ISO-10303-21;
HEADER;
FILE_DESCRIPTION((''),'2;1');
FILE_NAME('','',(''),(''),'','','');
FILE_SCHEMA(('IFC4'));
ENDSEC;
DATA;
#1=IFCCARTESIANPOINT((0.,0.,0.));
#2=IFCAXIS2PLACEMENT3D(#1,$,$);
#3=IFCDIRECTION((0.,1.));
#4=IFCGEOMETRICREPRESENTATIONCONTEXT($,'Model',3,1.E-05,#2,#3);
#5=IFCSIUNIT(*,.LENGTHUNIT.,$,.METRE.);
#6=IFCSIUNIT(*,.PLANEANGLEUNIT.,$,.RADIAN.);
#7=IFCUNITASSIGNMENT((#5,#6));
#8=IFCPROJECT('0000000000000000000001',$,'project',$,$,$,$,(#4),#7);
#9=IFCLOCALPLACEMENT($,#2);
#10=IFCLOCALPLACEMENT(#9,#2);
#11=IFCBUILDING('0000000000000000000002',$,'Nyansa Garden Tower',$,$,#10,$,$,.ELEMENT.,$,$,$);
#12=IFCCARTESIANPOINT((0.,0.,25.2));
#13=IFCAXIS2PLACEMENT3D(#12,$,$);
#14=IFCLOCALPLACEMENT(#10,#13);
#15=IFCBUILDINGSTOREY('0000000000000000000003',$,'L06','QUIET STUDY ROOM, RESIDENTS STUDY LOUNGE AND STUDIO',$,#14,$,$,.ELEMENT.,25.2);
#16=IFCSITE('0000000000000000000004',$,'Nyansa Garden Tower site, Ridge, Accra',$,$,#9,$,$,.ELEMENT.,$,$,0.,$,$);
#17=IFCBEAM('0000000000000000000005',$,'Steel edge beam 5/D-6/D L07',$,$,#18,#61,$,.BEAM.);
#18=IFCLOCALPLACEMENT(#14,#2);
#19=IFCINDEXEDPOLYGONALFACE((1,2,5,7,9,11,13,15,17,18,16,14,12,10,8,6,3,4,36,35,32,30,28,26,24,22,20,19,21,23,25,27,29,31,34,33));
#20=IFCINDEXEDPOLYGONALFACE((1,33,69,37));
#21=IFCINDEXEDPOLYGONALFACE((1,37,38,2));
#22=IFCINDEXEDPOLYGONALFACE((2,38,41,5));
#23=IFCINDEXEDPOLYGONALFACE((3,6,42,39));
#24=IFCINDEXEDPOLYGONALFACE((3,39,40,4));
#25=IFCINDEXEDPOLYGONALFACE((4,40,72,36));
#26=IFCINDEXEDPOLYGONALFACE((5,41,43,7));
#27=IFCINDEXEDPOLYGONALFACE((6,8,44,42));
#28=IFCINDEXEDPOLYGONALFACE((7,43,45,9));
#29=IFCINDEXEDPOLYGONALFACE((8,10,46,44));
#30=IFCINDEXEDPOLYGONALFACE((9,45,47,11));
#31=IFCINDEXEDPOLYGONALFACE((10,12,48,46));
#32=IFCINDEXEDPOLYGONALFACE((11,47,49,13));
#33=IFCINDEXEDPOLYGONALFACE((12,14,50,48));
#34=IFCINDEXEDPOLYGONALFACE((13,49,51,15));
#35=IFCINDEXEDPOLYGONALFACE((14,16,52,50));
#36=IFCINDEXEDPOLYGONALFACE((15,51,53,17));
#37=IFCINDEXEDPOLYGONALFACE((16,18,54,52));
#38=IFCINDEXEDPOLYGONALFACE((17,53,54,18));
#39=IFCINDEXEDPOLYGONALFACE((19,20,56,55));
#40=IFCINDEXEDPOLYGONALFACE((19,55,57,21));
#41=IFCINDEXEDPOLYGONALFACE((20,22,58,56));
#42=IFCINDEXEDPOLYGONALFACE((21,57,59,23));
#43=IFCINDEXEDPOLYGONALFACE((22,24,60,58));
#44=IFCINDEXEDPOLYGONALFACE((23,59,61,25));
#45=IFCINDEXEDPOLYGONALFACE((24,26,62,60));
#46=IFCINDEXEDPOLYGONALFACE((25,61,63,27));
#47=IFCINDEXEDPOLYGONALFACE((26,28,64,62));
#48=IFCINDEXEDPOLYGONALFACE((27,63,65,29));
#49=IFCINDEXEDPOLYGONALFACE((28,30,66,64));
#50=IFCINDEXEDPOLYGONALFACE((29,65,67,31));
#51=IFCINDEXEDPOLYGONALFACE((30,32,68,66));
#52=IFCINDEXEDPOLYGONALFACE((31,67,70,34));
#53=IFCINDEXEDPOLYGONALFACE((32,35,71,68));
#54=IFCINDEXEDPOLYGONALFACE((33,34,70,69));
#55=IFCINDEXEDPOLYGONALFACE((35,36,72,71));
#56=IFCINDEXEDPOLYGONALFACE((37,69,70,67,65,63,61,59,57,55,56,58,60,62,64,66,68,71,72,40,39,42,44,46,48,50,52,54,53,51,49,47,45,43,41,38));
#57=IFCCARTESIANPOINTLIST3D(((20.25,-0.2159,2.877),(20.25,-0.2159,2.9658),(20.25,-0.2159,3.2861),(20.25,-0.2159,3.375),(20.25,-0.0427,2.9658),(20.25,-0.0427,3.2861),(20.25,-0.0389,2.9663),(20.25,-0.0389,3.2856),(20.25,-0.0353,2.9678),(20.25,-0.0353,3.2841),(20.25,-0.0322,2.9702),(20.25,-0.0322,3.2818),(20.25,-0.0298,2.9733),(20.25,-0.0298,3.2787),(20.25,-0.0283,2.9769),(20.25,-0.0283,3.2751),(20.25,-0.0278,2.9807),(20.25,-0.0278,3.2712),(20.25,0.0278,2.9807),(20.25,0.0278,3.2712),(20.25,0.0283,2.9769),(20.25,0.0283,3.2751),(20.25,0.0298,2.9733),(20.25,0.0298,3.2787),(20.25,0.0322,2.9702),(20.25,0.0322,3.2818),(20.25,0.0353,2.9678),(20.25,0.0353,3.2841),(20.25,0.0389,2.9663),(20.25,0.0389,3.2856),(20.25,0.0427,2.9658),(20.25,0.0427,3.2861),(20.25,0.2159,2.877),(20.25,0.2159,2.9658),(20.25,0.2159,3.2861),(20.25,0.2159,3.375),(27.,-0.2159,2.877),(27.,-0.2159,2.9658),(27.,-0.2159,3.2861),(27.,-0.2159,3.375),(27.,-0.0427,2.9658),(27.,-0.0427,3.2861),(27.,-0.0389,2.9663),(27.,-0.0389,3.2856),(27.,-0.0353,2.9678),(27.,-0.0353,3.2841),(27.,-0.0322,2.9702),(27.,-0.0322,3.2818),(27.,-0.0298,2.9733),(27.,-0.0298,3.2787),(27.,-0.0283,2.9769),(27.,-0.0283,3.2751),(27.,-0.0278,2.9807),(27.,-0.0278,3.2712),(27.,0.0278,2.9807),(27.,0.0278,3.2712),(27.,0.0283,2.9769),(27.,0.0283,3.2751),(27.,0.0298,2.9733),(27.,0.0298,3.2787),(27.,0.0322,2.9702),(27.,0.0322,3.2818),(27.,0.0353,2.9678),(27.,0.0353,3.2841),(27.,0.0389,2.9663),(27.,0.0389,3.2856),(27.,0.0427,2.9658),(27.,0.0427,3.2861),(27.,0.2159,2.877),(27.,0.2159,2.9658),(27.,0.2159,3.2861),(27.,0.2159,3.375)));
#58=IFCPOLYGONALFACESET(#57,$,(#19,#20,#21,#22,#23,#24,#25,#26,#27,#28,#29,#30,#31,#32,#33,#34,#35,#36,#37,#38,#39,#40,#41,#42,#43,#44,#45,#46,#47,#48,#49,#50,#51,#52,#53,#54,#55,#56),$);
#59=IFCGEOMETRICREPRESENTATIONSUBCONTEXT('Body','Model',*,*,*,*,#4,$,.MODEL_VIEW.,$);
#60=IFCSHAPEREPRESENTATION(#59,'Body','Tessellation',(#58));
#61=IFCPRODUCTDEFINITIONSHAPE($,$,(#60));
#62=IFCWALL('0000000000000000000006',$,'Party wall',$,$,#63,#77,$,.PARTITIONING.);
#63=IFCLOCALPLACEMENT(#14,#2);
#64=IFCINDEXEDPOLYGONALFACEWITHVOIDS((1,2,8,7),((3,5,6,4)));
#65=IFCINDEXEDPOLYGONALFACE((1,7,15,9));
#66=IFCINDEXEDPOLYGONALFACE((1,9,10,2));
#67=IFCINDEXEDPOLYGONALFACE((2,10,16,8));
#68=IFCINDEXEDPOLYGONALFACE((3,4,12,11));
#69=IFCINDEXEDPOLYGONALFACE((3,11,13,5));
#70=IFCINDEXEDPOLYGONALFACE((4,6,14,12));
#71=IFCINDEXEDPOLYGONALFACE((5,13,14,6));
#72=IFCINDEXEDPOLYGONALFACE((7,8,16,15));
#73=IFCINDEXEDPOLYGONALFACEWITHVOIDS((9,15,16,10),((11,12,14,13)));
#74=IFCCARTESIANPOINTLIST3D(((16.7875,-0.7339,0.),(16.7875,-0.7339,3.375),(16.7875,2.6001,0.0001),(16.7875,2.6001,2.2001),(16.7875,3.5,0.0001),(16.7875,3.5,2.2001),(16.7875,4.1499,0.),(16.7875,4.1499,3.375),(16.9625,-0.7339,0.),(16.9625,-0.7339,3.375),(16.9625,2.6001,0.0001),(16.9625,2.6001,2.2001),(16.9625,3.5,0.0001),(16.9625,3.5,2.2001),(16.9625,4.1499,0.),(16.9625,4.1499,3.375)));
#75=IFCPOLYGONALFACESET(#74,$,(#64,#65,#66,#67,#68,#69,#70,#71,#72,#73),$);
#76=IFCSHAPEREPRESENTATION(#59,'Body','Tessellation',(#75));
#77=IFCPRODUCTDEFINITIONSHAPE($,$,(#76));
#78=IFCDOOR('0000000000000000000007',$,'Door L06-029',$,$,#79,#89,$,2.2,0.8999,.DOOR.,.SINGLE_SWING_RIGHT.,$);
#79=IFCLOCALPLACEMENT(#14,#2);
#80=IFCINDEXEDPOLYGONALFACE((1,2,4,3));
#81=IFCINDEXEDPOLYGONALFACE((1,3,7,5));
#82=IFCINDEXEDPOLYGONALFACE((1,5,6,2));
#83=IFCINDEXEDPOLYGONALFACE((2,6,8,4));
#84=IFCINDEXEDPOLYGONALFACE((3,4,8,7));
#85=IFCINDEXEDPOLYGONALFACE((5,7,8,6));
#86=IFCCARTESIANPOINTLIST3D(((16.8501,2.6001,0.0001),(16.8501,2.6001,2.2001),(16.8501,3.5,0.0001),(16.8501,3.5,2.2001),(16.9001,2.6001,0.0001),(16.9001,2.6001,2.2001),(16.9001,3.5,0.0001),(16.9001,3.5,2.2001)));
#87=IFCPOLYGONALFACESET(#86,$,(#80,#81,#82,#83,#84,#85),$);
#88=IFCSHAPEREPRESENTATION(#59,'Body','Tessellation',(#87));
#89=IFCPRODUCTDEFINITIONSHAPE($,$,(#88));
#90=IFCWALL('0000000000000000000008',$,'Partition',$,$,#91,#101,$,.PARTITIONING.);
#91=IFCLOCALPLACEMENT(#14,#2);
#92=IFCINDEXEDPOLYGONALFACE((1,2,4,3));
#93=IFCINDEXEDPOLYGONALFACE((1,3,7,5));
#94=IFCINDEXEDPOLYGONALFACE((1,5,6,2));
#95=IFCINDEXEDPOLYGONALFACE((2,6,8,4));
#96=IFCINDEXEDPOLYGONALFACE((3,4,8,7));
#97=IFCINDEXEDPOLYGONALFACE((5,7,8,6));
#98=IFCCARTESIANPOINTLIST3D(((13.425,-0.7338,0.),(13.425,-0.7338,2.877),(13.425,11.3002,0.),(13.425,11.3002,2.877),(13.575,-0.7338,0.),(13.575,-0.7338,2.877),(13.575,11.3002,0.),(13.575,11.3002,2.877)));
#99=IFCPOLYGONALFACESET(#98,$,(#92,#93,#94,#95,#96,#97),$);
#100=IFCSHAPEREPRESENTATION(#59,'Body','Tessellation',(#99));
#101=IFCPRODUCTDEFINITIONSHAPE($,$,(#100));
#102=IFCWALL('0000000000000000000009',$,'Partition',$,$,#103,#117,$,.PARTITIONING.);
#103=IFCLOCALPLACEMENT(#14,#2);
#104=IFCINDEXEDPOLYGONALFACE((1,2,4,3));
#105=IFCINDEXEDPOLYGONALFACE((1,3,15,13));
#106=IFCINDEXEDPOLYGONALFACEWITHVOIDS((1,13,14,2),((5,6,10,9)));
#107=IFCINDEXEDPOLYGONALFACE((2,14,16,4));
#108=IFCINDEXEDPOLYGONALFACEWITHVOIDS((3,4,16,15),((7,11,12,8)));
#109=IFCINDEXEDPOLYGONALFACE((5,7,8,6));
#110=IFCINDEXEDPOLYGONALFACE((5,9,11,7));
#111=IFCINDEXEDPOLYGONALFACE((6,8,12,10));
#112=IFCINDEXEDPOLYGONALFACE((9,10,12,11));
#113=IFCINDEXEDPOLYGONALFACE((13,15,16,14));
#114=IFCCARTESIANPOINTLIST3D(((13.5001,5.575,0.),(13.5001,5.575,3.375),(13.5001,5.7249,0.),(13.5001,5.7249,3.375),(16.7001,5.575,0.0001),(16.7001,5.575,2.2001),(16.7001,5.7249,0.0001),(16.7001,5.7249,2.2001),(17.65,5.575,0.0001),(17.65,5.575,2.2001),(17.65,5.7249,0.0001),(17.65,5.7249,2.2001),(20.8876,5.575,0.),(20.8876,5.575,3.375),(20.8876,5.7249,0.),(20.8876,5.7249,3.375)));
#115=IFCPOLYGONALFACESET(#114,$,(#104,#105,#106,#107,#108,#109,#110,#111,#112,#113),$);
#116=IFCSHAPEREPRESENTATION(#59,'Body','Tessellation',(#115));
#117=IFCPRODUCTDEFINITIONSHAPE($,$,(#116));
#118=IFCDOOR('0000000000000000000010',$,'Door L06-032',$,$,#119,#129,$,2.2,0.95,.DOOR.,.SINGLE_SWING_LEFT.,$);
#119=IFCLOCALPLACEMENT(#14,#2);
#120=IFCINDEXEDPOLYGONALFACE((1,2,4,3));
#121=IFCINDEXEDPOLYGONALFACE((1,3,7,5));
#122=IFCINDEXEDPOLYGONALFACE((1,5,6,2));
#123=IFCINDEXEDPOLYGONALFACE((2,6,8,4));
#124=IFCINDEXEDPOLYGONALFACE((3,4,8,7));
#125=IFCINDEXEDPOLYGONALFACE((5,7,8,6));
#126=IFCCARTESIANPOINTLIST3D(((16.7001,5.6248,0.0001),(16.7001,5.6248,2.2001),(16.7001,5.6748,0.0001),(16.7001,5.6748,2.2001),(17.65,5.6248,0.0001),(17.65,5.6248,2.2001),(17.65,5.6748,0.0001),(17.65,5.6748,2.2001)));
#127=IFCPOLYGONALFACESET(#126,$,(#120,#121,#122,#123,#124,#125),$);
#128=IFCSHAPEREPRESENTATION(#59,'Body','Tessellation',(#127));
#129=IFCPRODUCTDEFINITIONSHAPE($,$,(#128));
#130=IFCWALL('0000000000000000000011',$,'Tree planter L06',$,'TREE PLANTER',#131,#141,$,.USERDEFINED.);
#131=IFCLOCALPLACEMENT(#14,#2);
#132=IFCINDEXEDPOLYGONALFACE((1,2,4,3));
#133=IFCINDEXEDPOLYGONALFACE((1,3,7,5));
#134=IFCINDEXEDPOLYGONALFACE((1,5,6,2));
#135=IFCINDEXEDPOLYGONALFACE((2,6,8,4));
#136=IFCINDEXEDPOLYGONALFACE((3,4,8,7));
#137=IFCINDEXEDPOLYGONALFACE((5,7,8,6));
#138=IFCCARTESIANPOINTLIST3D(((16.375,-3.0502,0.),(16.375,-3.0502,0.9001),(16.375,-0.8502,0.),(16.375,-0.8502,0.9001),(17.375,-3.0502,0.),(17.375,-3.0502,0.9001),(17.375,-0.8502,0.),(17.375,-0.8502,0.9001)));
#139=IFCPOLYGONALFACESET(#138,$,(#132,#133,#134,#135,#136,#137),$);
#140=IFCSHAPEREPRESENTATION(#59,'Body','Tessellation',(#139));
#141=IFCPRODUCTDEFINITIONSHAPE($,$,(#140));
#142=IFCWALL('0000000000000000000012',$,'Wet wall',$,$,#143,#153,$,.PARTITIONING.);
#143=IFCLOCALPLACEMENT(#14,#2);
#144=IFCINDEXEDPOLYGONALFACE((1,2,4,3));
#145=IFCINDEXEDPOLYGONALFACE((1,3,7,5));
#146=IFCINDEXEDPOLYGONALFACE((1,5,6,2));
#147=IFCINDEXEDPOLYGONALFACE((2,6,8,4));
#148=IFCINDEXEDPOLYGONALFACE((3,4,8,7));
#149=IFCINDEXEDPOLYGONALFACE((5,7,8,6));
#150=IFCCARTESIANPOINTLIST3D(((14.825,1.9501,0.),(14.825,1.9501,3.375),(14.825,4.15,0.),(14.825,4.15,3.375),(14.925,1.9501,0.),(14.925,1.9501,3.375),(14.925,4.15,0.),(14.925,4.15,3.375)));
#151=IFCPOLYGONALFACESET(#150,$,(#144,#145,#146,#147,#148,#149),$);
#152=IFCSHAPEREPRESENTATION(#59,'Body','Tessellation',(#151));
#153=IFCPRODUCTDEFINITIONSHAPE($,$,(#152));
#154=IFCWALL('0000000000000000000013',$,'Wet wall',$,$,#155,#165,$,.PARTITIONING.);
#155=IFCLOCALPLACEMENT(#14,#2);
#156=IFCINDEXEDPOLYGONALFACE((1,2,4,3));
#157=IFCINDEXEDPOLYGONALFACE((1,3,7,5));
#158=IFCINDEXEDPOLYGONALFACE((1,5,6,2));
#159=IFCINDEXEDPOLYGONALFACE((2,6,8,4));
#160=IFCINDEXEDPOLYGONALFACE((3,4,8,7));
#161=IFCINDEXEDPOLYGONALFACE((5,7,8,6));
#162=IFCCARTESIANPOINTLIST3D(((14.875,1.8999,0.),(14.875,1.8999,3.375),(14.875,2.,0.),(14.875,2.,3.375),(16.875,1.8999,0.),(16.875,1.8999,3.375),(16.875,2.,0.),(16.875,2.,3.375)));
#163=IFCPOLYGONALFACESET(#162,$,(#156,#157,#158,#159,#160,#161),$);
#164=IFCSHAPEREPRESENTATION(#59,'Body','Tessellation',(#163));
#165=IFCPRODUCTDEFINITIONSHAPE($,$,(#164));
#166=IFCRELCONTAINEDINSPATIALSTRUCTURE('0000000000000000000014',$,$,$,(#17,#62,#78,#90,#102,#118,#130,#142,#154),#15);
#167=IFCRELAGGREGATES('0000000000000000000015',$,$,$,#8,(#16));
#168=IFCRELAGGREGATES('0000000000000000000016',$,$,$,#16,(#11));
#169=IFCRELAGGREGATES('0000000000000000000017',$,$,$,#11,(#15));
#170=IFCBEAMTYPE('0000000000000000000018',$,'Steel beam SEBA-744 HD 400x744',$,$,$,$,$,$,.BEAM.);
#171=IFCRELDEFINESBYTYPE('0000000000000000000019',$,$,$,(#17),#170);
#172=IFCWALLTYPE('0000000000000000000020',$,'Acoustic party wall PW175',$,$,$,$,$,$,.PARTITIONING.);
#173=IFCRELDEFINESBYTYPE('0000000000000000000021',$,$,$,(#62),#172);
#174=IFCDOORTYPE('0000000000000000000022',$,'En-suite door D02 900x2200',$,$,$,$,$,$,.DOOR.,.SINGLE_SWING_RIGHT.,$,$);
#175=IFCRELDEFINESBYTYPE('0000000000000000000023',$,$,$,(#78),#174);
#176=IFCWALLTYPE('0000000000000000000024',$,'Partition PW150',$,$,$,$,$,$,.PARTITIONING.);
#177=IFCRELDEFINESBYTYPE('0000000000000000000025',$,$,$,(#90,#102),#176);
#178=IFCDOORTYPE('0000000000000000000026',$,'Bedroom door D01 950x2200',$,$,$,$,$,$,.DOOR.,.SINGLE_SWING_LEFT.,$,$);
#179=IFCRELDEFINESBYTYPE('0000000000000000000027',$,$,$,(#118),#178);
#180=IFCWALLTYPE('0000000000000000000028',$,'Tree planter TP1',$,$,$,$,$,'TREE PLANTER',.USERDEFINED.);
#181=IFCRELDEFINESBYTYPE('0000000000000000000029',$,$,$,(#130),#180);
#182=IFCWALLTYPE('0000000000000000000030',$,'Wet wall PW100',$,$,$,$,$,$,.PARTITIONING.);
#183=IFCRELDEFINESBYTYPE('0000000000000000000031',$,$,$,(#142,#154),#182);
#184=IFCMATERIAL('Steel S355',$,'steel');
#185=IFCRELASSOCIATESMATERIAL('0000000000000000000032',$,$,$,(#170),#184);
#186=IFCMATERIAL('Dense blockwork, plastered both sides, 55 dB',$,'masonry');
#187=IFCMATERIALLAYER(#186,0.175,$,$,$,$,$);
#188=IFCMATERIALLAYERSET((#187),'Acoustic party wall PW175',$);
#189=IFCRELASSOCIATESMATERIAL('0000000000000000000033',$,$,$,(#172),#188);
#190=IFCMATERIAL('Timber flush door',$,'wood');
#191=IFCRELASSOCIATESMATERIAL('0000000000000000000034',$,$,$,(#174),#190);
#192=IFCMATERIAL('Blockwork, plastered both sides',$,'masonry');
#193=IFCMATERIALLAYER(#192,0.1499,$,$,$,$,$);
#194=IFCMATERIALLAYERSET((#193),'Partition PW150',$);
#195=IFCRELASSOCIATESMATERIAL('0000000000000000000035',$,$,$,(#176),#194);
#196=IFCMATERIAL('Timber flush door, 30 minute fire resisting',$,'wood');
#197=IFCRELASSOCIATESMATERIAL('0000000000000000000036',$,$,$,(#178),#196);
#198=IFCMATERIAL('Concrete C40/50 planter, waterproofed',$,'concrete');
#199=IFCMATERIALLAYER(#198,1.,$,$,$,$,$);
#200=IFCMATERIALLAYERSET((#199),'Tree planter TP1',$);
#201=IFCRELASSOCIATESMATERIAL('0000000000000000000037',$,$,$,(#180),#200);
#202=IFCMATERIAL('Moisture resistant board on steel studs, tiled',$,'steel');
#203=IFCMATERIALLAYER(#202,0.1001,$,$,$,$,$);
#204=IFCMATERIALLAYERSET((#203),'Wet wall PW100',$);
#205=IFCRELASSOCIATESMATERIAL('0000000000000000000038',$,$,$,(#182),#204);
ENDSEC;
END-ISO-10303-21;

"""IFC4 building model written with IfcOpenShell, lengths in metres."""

from ifc_helpers import new_model, si_unit, direction, frame, frame_2d, origin, origin_2d, place, context, subcontext, project, spatial, rectangle, i_section, extrude, material, layer, layer_set, material_profile, profile_set, type_object, element, fill, save


model = new_model("IFC4")

# Units and contexts
model_context = context("Model", 3, precision=1e-05, world=origin(), true_north=direction((0.0, 1.0)))
body_context = subcontext(model_context, "Body", "Model", "MODEL_VIEW")
ifc_project = project(units=[si_unit("LENGTHUNIT", "METRE"), si_unit("PLANEANGLEUNIT", "RADIAN")], contexts=[model_context])

# Site, building, storey
site_placement = place(None, origin())
site = spatial("IfcSite", under=ifc_project, at=site_placement, Name="Nyansa Garden Tower site, Ridge, Accra", CompositionType="ELEMENT", RefElevation=0.0)
building_placement = place(site_placement, origin())
building = spatial("IfcBuilding", under=site, at=building_placement, Name="Nyansa Garden Tower", CompositionType="ELEMENT")
storey_placement = place(building_placement, frame((0.0, 0.0, 25.2)))
storey = spatial("IfcBuildingStorey", under=building, at=storey_placement, Name="L06", Description="QUIET STUDY ROOM, RESIDENTS STUDY LOUNGE AND STUDIO", CompositionType="ELEMENT", Elevation=25.2)

# Beam
ifc_material_1 = material(Name="Steel S355", Category="steel")
ifc_material_profile_1 = material_profile(ifc_material_1, i_section(OverallWidth=0.4319, OverallDepth=0.498, WebThickness=0.0557, FlangeThickness=0.0889, FilletRadius=0.0149, at=origin_2d()), Name="HD 400x744")
ifc_profile_set_1 = profile_set([ifc_material_profile_1], Name="Steel S355")
beam_type_1 = type_object("IfcBeamType", Name="Steel beam SEBA-744 HD 400x744", PredefinedType="BEAM", material=ifc_profile_set_1)
for number, where, z_axis, x_axis, name in (
    (1, (20.25, 0.0, 3.126), (1.0, 0.0, 0.0), (0.0, 1.0, 0.0), "Steel edge beam 5/D-6/D L07"),
):
    element("IfcBeam", number, at=place(storey_placement, frame(where, z_axis=z_axis, x_axis=x_axis)), inside=storey, type_object=beam_type_1, Name=name, PredefinedType="BEAM", context=body_context, shape_type="SweptSolid", body=[
        extrude(i_section(OverallWidth=0.4319, OverallDepth=0.498, WebThickness=0.0557, FlangeThickness=0.0889, FilletRadius=0.0149, at=origin_2d()), origin(), (0.0, 0.0, 1.0), 6.75),
    ])

# Wall, opening, door
ifc_material_2 = material(Name="Dense blockwork, plastered both sides, 55 dB", Category="masonry")
ifc_layer_1 = layer(ifc_material_2, 0.175)
ifc_layer_set_1 = layer_set([ifc_layer_1], Name="Acoustic party wall PW175")
wall_type_1 = type_object("IfcWallType", Name="Acoustic party wall PW175", PredefinedType="PARTITIONING", material=ifc_layer_set_1)
wall_1_placement = place(storey_placement, frame((16.875, -0.7339, 0.0), z_axis=(0.0, 0.0, 1.0), x_axis=(0.0, 1.0, 0.0)))
wall_1 = element("IfcWall", 2, at=wall_1_placement, inside=storey, type_object=wall_type_1, Name="Party wall", PredefinedType="PARTITIONING", context=body_context, shape_type="SweptSolid", body=[
    extrude(rectangle(XDim=4.8838, YDim=0.175, at=frame_2d((2.4419, 0.0))), origin(), (0.0, 0.0, 1.0), 3.375),
])
opening_1_placement = place(wall_1_placement, frame((3.334, 0.0, 0.0)))
opening_1 = element("IfcOpeningElement", 3, at=opening_1_placement, cuts=wall_1, PredefinedType="OPENING", context=body_context, shape_type="SweptSolid", body=[
    extrude(rectangle(XDim=0.8999, YDim=2.2, at=frame_2d((0.45, 1.1001))), frame((0.0, 0.0974, 0.0), z_axis=(0.0, -1.0, 0.0), x_axis=(1.0, 0.0, 0.0)), (0.0, 0.0, 1.0), 0.1951),
])
ifc_material_3 = material(Name="Timber flush door", Category="wood")
door_type_1 = type_object("IfcDoorType", Name="En-suite door D02 900x2200", OperationType="SINGLE_SWING_RIGHT", PredefinedType="DOOR", material=ifc_material_3)
door_1_placement = place(opening_1_placement, origin())
door_1 = element("IfcDoor", 4, at=door_1_placement, inside=storey, type_object=door_type_1, Name="Door L06-029", OperationType="SINGLE_SWING_RIGHT", OverallHeight=2.2, OverallWidth=0.8999, PredefinedType="DOOR", context=body_context, shape_type="SweptSolid", body=[
    extrude(rectangle(XDim=0.8999, YDim=2.2, at=frame_2d((0.45, 1.1001))), frame((0.0, 0.0249, 0.0), z_axis=(0.0, -1.0, 0.0), x_axis=(1.0, 0.0, 0.0)), (0.0, 0.0, 1.0), 0.05),
])
fill(opening_1, door_1)

# Wall
ifc_material_4 = material(Name="Blockwork, plastered both sides", Category="masonry")
ifc_layer_2 = layer(ifc_material_4, 0.1499)
ifc_layer_set_2 = layer_set([ifc_layer_2], Name="Partition PW150")
wall_type_2 = type_object("IfcWallType", Name="Partition PW150", PredefinedType="PARTITIONING", material=ifc_layer_set_2)
wall_2_placement = place(storey_placement, frame((13.5, -0.7339, 0.0), z_axis=(0.0, 0.0, 1.0), x_axis=(0.0, 1.0, 0.0)))
element("IfcWall", 5, at=wall_2_placement, inside=storey, type_object=wall_type_2, Name="Partition", PredefinedType="PARTITIONING", context=body_context, shape_type="SweptSolid", body=[
    extrude(rectangle(XDim=12.0339, YDim=0.1499, at=frame_2d((6.0171, 0.0))), origin(), (0.0, 0.0, 1.0), 2.877),
])

# Wall, opening, door
wall_3_placement = place(storey_placement, frame((13.5, 5.6499, 0.0), z_axis=(0.0, 0.0, 1.0), x_axis=(1.0, 0.0, 0.0)))
wall_3 = element("IfcWall", 6, at=wall_3_placement, inside=storey, type_object=wall_type_2, Name="Partition", PredefinedType="PARTITIONING", context=body_context, shape_type="SweptSolid", body=[
    extrude(rectangle(XDim=7.3875, YDim=0.1499, at=frame_2d((3.6938, 0.0))), origin(), (0.0, 0.0, 1.0), 3.375),
])
opening_2_placement = place(wall_3_placement, frame((3.2, 0.0, 0.0)))
opening_2 = element("IfcOpeningElement", 7, at=opening_2_placement, cuts=wall_3, PredefinedType="OPENING", context=body_context, shape_type="SweptSolid", body=[
    extrude(rectangle(XDim=0.95, YDim=2.2, at=frame_2d((0.4751, 1.1001))), frame((0.0, 0.085, 0.0), z_axis=(0.0, -1.0, 0.0), x_axis=(1.0, 0.0, 0.0)), (0.0, 0.0, 1.0), 0.1699),
])
ifc_material_5 = material(Name="Timber flush door, 30 minute fire resisting", Category="wood")
door_type_2 = type_object("IfcDoorType", Name="Bedroom door D01 950x2200", OperationType="SINGLE_SWING_LEFT", PredefinedType="DOOR", material=ifc_material_5)
door_2_placement = place(opening_2_placement, origin())
door_2 = element("IfcDoor", 8, at=door_2_placement, inside=storey, type_object=door_type_2, Name="Door L06-032", OperationType="SINGLE_SWING_LEFT", OverallHeight=2.2, OverallWidth=0.95, PredefinedType="DOOR", context=body_context, shape_type="SweptSolid", body=[
    extrude(rectangle(XDim=0.95, YDim=2.2, at=frame_2d((0.4751, 1.1001))), frame((0.0, 0.0249, 0.0), z_axis=(0.0, -1.0, 0.0), x_axis=(1.0, 0.0, 0.0)), (0.0, 0.0, 1.0), 0.05),
])
fill(opening_2, door_2)

# Walls
ifc_material_6 = material(Name="Concrete C40/50 planter, waterproofed", Category="concrete")
ifc_layer_3 = layer(ifc_material_6, 1.0)
ifc_layer_set_3 = layer_set([ifc_layer_3], Name="Tree planter TP1")
wall_type_3 = type_object("IfcWallType", Name="Tree planter TP1", ElementType="TREE PLANTER", PredefinedType="USERDEFINED", material=ifc_layer_set_3)
wall_4_placement = place(storey_placement, frame((16.875, -0.8501, 0.0), z_axis=(0.0, 0.0, 1.0), x_axis=(0.0, -1.0, 0.0)))
element("IfcWall", 9, at=wall_4_placement, inside=storey, type_object=wall_type_3, Name="Tree planter L06", ObjectType="TREE PLANTER", PredefinedType="USERDEFINED", context=body_context, shape_type="SweptSolid", body=[
    extrude(rectangle(XDim=2.2, YDim=1.0, at=frame_2d((1.1001, 0.0))), origin(), (0.0, 0.0, 1.0), 0.9001),
])
ifc_material_7 = material(Name="Moisture resistant board on steel studs, tiled", Category="steel")
ifc_layer_4 = layer(ifc_material_7, 0.1001)
ifc_layer_set_4 = layer_set([ifc_layer_4], Name="Wet wall PW100")
wall_type_4 = type_object("IfcWallType", Name="Wet wall PW100", PredefinedType="PARTITIONING", material=ifc_layer_set_4)
wall_5_placement = place(storey_placement, frame((14.875, 1.95, 0.0), z_axis=(0.0, 0.0, 1.0), x_axis=(0.0, 1.0, 0.0)))
element("IfcWall", 10, at=wall_5_placement, inside=storey, type_object=wall_type_4, Name="Wet wall", PredefinedType="PARTITIONING", context=body_context, shape_type="SweptSolid", body=[
    extrude(rectangle(XDim=2.2, YDim=0.1001, at=frame_2d((1.1001, 0.0))), origin(), (0.0, 0.0, 1.0), 3.375),
])
wall_6_placement = place(storey_placement, frame((14.875, 1.95, 0.0), z_axis=(0.0, 0.0, 1.0), x_axis=(1.0, 0.0, 0.0)))
element("IfcWall", 11, at=wall_6_placement, inside=storey, type_object=wall_type_4, Name="Wet wall", PredefinedType="PARTITIONING", context=body_context, shape_type="SweptSolid", body=[
    extrude(rectangle(XDim=2.0, YDim=0.1001, at=frame_2d((1.0, 0.0))), origin(), (0.0, 0.0, 1.0), 3.375),
])

save(model, "model.ifc")
